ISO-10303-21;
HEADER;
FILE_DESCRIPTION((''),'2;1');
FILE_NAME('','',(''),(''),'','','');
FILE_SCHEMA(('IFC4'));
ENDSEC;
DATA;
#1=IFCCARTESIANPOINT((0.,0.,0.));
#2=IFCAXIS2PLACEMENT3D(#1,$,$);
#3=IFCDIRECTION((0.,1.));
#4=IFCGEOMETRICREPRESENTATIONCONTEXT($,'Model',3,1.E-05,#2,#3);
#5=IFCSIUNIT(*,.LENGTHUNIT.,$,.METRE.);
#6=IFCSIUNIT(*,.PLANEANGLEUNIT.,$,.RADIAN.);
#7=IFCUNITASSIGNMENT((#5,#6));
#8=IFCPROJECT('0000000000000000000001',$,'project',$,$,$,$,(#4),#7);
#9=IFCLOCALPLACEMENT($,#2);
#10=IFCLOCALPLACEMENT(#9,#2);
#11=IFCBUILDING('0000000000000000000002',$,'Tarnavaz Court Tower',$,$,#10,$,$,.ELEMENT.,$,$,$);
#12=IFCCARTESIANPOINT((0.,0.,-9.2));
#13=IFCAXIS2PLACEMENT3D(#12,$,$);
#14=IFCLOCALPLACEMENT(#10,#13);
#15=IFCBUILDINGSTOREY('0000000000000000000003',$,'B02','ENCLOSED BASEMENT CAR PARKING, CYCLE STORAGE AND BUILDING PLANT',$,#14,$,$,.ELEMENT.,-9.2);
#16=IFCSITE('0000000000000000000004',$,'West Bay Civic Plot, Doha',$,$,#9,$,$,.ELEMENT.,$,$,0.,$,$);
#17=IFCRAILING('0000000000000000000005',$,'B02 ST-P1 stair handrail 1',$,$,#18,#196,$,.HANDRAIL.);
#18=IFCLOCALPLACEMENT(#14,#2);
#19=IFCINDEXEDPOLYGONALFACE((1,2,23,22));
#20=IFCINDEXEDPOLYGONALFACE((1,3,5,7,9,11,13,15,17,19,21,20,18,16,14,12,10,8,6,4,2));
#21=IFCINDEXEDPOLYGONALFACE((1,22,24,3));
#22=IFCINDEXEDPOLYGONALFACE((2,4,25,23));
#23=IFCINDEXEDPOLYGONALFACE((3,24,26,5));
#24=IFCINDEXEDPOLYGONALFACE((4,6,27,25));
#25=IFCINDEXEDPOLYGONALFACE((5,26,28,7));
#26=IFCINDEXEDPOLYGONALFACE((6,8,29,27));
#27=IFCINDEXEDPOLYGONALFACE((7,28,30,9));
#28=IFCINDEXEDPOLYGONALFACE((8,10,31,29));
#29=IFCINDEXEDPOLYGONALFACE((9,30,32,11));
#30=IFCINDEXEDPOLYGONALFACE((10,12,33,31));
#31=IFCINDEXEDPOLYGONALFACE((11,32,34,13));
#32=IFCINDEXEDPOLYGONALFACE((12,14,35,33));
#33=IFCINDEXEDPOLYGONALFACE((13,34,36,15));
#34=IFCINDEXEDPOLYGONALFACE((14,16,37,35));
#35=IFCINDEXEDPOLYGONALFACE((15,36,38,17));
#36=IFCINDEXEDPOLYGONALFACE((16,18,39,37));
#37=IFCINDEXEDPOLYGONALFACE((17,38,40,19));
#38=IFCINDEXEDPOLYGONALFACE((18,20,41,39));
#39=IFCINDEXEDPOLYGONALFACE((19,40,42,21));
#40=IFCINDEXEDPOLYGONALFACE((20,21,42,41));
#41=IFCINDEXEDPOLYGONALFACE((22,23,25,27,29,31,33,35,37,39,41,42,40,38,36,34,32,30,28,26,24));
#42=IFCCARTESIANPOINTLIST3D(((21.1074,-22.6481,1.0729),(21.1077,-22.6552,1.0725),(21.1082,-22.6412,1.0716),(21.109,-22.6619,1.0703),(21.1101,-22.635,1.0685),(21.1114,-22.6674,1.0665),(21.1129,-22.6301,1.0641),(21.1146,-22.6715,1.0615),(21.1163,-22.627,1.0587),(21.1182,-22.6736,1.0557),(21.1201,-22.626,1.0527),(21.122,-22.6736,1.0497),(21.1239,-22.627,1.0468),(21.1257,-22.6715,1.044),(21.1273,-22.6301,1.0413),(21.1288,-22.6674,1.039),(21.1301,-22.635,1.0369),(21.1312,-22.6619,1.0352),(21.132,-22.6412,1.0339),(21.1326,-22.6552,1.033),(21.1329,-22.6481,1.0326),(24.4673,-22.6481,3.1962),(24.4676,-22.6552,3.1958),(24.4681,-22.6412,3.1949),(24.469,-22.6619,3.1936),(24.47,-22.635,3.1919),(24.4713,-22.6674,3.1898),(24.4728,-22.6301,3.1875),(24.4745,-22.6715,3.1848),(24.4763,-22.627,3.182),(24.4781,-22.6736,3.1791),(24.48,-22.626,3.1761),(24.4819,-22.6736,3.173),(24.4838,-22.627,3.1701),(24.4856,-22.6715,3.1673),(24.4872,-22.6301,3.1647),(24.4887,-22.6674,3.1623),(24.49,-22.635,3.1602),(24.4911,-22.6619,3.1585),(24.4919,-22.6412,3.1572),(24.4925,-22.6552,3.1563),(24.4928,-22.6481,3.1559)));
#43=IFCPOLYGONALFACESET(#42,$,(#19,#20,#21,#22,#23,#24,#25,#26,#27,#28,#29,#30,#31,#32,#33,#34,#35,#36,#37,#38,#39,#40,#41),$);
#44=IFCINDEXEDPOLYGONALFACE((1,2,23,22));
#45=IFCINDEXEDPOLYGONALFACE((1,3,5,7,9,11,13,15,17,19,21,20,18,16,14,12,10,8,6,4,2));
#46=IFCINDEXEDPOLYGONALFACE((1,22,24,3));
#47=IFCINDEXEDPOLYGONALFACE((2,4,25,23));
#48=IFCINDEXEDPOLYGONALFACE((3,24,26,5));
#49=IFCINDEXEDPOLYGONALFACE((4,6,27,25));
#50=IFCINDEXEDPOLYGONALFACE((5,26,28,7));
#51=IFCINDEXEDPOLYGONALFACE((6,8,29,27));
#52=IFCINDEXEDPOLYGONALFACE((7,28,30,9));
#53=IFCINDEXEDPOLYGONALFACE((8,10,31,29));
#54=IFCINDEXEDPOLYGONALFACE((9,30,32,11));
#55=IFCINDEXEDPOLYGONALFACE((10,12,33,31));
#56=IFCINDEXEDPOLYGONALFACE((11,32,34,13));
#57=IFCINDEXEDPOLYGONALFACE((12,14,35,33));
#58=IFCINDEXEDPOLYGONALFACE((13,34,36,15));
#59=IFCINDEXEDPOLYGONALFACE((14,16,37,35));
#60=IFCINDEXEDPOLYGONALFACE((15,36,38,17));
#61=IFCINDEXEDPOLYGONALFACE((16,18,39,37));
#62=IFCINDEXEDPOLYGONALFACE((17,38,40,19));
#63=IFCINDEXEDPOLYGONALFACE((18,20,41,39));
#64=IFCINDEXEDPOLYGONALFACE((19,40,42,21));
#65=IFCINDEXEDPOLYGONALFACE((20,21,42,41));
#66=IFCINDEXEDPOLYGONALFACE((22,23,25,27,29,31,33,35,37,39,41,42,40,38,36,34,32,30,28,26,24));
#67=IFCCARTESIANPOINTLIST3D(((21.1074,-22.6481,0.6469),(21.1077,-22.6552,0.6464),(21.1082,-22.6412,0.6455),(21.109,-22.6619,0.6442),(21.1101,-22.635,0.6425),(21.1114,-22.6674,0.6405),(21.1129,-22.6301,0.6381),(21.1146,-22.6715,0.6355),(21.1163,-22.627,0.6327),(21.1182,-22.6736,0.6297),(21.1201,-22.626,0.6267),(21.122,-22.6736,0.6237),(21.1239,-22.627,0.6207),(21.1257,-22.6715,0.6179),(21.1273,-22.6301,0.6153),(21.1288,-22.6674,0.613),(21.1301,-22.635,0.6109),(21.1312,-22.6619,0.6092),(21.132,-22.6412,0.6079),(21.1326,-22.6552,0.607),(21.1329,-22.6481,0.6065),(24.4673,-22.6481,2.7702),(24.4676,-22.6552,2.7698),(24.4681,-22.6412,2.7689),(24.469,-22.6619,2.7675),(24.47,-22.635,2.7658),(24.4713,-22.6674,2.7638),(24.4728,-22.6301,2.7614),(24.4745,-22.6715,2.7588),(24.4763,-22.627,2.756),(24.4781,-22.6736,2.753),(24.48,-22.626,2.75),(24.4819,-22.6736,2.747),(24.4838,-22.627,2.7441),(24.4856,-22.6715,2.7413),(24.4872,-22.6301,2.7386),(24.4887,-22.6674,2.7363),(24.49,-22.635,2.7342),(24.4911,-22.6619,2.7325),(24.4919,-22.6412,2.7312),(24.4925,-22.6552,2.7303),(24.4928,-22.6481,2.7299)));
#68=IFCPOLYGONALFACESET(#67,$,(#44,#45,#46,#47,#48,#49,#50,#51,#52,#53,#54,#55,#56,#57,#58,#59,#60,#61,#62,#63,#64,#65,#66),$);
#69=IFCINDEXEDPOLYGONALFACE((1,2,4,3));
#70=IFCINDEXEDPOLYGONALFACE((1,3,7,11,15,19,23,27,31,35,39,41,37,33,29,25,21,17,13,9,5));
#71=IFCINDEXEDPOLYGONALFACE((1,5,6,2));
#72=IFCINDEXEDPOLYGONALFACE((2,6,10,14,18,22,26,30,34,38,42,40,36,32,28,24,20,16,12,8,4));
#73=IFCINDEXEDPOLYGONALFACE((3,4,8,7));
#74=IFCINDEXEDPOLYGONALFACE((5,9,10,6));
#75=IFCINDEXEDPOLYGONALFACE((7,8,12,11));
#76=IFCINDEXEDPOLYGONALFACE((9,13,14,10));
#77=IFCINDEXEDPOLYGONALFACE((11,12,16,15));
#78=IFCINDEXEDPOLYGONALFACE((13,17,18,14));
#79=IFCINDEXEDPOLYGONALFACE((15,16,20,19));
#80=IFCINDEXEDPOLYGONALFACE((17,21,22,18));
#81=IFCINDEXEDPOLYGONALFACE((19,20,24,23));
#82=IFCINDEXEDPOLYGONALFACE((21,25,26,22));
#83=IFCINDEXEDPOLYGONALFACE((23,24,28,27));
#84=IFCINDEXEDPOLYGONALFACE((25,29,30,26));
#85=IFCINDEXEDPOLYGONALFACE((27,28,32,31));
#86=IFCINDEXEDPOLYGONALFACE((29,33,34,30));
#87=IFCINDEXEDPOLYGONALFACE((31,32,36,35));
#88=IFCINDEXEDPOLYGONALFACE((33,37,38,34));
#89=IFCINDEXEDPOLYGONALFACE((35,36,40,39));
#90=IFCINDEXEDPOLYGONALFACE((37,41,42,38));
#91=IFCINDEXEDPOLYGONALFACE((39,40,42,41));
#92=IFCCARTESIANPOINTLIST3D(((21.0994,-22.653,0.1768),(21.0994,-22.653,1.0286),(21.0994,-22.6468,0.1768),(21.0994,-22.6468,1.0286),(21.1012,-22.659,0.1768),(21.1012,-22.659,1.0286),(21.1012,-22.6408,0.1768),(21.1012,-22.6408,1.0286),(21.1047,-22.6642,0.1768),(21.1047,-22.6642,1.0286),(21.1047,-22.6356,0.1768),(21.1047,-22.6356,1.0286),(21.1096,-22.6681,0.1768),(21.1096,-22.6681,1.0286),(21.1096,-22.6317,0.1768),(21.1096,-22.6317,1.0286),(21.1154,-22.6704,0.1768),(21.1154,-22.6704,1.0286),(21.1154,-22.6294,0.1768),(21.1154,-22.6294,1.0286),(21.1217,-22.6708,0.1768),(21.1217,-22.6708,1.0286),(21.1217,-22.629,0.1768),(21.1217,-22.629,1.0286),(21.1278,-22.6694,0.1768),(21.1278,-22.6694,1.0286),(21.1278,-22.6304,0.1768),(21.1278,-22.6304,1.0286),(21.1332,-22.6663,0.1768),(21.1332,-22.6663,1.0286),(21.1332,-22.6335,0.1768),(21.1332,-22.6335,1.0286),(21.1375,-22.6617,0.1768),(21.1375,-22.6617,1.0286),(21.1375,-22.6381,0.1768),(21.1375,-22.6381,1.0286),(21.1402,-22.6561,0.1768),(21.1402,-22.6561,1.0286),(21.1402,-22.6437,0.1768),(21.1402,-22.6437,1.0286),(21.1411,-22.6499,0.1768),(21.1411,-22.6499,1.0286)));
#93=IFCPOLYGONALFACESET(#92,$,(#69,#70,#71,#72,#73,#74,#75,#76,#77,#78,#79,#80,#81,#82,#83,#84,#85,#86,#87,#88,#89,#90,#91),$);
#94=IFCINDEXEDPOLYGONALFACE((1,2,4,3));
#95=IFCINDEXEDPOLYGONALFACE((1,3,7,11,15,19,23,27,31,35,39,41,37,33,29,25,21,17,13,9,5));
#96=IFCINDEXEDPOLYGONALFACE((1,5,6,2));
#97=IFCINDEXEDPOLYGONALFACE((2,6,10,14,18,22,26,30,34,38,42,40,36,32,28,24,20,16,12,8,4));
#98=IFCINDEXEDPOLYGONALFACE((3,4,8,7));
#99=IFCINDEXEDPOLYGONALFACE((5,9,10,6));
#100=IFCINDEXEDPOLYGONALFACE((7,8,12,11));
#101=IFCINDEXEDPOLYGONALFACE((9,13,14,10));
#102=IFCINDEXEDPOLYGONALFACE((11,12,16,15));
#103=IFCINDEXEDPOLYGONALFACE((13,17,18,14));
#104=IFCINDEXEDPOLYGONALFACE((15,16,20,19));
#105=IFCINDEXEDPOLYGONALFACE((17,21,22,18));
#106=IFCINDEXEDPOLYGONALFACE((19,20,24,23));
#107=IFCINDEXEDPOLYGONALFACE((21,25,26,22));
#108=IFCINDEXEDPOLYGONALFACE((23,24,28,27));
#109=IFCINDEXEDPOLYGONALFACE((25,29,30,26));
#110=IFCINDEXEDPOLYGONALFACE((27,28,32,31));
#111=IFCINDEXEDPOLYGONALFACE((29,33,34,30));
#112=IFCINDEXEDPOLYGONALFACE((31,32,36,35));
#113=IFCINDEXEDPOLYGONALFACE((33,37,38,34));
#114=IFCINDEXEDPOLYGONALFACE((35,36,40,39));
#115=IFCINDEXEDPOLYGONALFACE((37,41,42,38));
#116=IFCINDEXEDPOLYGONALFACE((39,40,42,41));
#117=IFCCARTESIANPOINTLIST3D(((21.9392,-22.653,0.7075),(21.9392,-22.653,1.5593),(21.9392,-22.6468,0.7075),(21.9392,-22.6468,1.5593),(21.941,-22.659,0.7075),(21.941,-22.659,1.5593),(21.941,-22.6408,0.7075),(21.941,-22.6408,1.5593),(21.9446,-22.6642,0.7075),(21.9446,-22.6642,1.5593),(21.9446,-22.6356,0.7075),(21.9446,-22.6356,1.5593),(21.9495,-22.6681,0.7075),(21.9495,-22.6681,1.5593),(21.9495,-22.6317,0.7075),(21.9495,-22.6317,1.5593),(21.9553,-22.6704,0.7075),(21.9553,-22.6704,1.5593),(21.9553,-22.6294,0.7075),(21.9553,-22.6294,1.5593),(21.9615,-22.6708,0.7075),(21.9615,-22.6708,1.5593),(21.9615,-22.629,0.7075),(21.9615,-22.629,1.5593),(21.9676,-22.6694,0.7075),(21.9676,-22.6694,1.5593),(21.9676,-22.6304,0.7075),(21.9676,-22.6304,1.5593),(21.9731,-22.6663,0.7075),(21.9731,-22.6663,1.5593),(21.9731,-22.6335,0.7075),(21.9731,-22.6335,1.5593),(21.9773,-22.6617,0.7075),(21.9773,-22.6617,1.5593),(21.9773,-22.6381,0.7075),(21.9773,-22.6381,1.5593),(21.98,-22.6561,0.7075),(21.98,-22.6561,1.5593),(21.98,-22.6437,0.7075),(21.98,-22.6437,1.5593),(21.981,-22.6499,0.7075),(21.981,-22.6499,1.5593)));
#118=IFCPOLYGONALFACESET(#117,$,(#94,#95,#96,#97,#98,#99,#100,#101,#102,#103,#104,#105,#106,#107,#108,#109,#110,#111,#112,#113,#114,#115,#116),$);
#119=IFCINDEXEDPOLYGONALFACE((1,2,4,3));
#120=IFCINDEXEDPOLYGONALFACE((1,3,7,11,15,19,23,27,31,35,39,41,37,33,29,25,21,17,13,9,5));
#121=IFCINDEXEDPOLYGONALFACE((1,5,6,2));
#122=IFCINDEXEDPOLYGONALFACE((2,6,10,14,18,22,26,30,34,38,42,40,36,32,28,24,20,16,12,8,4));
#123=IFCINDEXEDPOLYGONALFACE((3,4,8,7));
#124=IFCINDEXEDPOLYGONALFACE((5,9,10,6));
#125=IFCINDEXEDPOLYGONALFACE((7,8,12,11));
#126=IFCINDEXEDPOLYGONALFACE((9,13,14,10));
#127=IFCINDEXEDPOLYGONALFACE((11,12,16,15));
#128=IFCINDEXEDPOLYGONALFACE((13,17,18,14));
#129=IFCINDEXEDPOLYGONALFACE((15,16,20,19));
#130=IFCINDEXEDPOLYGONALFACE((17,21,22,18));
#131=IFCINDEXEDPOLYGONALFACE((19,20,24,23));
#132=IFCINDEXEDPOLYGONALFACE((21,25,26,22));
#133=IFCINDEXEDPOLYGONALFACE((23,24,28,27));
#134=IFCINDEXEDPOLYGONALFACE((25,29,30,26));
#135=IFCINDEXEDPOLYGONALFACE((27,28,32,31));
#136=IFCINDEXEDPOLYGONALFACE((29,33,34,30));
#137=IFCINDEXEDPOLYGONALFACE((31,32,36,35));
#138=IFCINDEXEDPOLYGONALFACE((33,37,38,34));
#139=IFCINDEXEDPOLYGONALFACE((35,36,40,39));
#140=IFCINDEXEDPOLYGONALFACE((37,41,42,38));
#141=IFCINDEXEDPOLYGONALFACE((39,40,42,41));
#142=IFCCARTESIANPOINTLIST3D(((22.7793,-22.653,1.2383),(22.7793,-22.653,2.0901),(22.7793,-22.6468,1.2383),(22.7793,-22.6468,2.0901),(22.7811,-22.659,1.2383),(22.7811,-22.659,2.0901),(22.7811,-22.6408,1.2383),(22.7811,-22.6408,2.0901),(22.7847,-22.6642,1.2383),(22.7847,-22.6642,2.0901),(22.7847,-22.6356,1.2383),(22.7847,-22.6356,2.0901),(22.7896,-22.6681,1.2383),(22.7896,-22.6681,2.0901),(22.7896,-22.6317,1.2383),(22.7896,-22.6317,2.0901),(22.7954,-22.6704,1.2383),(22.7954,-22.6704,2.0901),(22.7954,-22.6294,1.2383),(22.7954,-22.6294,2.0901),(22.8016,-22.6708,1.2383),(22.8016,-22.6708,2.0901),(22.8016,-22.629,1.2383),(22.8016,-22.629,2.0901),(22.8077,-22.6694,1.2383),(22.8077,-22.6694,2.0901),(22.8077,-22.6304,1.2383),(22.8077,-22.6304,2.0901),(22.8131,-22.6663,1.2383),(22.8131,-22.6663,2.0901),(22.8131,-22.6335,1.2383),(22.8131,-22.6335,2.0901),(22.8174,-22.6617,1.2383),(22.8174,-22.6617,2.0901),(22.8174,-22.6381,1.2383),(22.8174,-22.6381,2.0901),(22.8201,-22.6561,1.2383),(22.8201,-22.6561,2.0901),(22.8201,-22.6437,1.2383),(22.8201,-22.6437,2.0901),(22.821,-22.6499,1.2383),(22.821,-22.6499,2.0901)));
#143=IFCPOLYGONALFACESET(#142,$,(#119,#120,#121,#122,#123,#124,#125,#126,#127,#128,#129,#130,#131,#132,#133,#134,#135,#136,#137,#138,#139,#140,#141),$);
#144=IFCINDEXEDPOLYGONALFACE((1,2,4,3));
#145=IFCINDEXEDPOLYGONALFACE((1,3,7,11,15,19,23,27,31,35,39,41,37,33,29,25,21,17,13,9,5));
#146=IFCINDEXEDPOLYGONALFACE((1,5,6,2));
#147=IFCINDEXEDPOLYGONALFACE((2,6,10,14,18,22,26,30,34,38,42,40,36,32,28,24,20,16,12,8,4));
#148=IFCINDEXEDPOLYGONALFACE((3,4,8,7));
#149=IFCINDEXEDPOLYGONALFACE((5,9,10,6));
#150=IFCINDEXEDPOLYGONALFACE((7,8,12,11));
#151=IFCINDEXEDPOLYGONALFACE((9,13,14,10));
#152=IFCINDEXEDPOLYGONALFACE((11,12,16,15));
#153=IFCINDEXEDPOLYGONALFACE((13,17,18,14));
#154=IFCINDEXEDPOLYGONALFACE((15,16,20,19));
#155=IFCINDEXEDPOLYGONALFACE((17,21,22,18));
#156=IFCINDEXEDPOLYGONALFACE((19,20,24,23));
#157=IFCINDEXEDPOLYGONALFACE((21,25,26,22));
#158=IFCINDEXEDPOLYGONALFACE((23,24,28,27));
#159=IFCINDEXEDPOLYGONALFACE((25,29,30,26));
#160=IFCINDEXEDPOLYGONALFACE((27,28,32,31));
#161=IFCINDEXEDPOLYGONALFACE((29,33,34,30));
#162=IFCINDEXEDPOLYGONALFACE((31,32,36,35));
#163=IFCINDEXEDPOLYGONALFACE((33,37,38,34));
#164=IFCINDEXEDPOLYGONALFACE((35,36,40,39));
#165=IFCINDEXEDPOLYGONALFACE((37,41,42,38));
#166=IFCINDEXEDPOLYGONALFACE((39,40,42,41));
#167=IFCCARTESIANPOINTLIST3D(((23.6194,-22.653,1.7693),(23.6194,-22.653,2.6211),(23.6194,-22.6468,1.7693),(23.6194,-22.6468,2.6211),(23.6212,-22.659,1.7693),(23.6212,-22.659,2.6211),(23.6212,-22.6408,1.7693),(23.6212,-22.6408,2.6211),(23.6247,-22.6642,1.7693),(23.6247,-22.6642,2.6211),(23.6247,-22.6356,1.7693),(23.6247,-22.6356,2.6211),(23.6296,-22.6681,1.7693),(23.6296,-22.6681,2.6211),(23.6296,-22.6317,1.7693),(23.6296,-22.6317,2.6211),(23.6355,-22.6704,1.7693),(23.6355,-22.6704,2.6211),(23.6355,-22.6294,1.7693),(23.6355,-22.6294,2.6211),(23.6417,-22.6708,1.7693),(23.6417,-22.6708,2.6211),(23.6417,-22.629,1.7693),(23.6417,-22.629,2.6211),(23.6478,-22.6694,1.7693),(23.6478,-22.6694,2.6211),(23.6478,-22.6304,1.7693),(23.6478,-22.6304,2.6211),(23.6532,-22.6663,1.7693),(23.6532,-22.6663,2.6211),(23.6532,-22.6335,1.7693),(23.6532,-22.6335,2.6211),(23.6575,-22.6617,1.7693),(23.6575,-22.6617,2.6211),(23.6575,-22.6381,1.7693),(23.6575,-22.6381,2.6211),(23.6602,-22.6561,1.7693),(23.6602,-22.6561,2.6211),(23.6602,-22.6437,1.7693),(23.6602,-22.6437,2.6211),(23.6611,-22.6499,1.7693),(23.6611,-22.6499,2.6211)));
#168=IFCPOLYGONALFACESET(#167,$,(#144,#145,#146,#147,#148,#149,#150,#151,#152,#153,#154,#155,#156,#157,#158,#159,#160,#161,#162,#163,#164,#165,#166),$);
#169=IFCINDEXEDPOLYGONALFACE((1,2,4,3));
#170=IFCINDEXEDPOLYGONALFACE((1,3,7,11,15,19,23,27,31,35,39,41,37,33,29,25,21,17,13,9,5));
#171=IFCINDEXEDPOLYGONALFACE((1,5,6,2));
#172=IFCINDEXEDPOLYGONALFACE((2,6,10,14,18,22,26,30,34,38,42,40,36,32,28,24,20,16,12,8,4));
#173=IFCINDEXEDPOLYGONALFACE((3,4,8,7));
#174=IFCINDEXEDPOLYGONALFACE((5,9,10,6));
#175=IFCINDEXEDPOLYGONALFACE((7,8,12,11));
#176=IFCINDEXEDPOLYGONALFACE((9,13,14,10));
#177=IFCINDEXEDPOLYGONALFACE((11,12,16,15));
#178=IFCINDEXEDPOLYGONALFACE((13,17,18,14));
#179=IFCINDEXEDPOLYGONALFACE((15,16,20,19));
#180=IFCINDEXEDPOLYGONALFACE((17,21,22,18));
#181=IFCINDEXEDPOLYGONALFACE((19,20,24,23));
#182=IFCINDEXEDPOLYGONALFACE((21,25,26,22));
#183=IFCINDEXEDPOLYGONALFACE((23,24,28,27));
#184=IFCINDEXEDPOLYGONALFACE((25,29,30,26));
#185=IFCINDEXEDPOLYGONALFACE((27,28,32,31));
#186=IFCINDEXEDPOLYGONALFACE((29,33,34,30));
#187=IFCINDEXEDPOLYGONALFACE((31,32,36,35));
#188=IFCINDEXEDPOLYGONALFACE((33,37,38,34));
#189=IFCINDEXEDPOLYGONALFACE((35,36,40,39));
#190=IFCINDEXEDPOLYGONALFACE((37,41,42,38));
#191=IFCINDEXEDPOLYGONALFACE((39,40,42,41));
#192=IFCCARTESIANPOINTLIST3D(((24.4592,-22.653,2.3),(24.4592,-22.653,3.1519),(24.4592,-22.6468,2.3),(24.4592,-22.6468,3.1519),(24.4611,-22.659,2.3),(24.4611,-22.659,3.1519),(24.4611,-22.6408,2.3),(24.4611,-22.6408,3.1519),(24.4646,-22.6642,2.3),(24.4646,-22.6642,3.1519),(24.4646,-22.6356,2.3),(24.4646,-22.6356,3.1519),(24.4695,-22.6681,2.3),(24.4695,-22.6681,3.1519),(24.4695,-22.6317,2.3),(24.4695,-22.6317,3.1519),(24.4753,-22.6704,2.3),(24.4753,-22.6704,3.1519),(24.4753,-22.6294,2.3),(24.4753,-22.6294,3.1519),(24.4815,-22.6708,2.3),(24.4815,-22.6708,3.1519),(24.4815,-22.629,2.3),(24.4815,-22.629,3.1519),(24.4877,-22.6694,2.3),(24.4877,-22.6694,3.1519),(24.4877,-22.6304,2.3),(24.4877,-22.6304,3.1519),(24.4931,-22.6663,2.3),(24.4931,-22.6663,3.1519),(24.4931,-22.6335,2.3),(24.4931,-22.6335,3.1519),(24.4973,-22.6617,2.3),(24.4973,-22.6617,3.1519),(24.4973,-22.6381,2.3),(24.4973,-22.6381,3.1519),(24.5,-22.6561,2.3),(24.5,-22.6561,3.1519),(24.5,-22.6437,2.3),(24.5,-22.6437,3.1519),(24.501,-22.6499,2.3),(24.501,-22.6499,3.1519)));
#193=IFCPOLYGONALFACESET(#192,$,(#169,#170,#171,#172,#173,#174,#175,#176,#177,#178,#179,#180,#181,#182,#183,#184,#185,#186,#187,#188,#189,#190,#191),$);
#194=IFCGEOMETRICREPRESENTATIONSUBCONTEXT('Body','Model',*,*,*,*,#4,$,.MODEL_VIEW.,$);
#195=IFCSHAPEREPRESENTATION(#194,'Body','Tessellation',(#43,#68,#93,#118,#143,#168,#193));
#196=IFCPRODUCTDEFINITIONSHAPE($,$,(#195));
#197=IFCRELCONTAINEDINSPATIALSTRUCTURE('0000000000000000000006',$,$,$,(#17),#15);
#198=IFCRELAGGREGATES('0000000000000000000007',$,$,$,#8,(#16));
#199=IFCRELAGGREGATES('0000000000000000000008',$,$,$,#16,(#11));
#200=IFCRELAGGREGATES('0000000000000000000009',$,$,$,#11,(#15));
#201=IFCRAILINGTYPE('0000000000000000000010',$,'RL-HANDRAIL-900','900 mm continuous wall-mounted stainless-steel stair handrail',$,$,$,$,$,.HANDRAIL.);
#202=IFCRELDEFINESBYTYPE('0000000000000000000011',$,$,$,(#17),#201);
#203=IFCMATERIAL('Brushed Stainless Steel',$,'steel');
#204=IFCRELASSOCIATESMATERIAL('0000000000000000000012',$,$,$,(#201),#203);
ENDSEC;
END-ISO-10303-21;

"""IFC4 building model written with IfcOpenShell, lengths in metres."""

from ifc_helpers import new_model, si_unit, direction, frame, origin, origin_2d, place, context, subcontext, project, spatial, circle, extrude, material, type_object, element, save


model = new_model("IFC4")

# Units and contexts
model_context = context("Model", 3, precision=1e-05, world=origin(), true_north=direction((0.0, 1.0)))
body_context = subcontext(model_context, "Body", "Model", "MODEL_VIEW")
ifc_project = project(units=[si_unit("LENGTHUNIT", "METRE"), si_unit("PLANEANGLEUNIT", "RADIAN")], contexts=[model_context])

# Site, building, storey
site_placement = place(None, origin())
site = spatial("IfcSite", under=ifc_project, at=site_placement, Name="West Bay Civic Plot, Doha", CompositionType="ELEMENT", RefElevation=0.0)
building_placement = place(site_placement, origin())
building = spatial("IfcBuilding", under=site, at=building_placement, Name="Tarnavaz Court Tower", CompositionType="ELEMENT")
storey_placement = place(building_placement, frame((0.0, 0.0, -9.2)))
storey = spatial("IfcBuildingStorey", under=building, at=storey_placement, Name="B02", Description="ENCLOSED BASEMENT CAR PARKING, CYCLE STORAGE AND BUILDING PLANT", CompositionType="ELEMENT", Elevation=-9.2)

# Railing
ifc_material_1 = material(Name="Brushed Stainless Steel", Category="steel")
railing_type_1 = type_object("IfcRailingType", Name="RL-HANDRAIL-900", Description="900 mm continuous wall-mounted stainless-steel stair handrail", PredefinedType="HANDRAIL", material=ifc_material_1)
railing_1_placement = place(storey_placement, frame((21.1201, -22.6499, 0.1768)))
element("IfcRailing", 1, at=railing_1_placement, inside=storey, type_object=railing_type_1, Name="B02 ST-P1 stair handrail 1", PredefinedType="HANDRAIL", context=body_context, shape_type="SweptSolid", body=[
    extrude(circle(Radius=0.0239, at=origin_2d()), frame((0.0, 0.0, 0.876), z_axis=(0.845344, 0.0, 0.534222), x_axis=(0.0, 1.0, 0.0)), (0.0, 0.0, 1.0), 3.9746),
    extrude(circle(Radius=0.0239, at=origin_2d()), frame((0.0, 0.0, 0.45), z_axis=(0.845344, 0.0, 0.534222), x_axis=(0.0, 1.0, 0.0)), (0.0, 0.0, 1.0), 3.9746),
    extrude(circle(Radius=0.021, at=origin_2d()), origin(), (0.0, 0.0, 1.0), 0.8518),
    extrude(circle(Radius=0.021, at=origin_2d()), frame((0.8398, 0.0, 0.5308)), (0.0, 0.0, 1.0), 0.8518),
    extrude(circle(Radius=0.021, at=origin_2d()), frame((1.6799, 0.0, 1.0615)), (0.0, 0.0, 1.0), 0.8518),
    extrude(circle(Radius=0.021, at=origin_2d()), frame((2.52, 0.0, 1.5925)), (0.0, 0.0, 1.0), 0.8518),
    extrude(circle(Radius=0.021, at=origin_2d()), frame((3.3599, 0.0, 2.1233)), (0.0, 0.0, 1.0), 0.8518),
])

save(model, "model.ifc")
